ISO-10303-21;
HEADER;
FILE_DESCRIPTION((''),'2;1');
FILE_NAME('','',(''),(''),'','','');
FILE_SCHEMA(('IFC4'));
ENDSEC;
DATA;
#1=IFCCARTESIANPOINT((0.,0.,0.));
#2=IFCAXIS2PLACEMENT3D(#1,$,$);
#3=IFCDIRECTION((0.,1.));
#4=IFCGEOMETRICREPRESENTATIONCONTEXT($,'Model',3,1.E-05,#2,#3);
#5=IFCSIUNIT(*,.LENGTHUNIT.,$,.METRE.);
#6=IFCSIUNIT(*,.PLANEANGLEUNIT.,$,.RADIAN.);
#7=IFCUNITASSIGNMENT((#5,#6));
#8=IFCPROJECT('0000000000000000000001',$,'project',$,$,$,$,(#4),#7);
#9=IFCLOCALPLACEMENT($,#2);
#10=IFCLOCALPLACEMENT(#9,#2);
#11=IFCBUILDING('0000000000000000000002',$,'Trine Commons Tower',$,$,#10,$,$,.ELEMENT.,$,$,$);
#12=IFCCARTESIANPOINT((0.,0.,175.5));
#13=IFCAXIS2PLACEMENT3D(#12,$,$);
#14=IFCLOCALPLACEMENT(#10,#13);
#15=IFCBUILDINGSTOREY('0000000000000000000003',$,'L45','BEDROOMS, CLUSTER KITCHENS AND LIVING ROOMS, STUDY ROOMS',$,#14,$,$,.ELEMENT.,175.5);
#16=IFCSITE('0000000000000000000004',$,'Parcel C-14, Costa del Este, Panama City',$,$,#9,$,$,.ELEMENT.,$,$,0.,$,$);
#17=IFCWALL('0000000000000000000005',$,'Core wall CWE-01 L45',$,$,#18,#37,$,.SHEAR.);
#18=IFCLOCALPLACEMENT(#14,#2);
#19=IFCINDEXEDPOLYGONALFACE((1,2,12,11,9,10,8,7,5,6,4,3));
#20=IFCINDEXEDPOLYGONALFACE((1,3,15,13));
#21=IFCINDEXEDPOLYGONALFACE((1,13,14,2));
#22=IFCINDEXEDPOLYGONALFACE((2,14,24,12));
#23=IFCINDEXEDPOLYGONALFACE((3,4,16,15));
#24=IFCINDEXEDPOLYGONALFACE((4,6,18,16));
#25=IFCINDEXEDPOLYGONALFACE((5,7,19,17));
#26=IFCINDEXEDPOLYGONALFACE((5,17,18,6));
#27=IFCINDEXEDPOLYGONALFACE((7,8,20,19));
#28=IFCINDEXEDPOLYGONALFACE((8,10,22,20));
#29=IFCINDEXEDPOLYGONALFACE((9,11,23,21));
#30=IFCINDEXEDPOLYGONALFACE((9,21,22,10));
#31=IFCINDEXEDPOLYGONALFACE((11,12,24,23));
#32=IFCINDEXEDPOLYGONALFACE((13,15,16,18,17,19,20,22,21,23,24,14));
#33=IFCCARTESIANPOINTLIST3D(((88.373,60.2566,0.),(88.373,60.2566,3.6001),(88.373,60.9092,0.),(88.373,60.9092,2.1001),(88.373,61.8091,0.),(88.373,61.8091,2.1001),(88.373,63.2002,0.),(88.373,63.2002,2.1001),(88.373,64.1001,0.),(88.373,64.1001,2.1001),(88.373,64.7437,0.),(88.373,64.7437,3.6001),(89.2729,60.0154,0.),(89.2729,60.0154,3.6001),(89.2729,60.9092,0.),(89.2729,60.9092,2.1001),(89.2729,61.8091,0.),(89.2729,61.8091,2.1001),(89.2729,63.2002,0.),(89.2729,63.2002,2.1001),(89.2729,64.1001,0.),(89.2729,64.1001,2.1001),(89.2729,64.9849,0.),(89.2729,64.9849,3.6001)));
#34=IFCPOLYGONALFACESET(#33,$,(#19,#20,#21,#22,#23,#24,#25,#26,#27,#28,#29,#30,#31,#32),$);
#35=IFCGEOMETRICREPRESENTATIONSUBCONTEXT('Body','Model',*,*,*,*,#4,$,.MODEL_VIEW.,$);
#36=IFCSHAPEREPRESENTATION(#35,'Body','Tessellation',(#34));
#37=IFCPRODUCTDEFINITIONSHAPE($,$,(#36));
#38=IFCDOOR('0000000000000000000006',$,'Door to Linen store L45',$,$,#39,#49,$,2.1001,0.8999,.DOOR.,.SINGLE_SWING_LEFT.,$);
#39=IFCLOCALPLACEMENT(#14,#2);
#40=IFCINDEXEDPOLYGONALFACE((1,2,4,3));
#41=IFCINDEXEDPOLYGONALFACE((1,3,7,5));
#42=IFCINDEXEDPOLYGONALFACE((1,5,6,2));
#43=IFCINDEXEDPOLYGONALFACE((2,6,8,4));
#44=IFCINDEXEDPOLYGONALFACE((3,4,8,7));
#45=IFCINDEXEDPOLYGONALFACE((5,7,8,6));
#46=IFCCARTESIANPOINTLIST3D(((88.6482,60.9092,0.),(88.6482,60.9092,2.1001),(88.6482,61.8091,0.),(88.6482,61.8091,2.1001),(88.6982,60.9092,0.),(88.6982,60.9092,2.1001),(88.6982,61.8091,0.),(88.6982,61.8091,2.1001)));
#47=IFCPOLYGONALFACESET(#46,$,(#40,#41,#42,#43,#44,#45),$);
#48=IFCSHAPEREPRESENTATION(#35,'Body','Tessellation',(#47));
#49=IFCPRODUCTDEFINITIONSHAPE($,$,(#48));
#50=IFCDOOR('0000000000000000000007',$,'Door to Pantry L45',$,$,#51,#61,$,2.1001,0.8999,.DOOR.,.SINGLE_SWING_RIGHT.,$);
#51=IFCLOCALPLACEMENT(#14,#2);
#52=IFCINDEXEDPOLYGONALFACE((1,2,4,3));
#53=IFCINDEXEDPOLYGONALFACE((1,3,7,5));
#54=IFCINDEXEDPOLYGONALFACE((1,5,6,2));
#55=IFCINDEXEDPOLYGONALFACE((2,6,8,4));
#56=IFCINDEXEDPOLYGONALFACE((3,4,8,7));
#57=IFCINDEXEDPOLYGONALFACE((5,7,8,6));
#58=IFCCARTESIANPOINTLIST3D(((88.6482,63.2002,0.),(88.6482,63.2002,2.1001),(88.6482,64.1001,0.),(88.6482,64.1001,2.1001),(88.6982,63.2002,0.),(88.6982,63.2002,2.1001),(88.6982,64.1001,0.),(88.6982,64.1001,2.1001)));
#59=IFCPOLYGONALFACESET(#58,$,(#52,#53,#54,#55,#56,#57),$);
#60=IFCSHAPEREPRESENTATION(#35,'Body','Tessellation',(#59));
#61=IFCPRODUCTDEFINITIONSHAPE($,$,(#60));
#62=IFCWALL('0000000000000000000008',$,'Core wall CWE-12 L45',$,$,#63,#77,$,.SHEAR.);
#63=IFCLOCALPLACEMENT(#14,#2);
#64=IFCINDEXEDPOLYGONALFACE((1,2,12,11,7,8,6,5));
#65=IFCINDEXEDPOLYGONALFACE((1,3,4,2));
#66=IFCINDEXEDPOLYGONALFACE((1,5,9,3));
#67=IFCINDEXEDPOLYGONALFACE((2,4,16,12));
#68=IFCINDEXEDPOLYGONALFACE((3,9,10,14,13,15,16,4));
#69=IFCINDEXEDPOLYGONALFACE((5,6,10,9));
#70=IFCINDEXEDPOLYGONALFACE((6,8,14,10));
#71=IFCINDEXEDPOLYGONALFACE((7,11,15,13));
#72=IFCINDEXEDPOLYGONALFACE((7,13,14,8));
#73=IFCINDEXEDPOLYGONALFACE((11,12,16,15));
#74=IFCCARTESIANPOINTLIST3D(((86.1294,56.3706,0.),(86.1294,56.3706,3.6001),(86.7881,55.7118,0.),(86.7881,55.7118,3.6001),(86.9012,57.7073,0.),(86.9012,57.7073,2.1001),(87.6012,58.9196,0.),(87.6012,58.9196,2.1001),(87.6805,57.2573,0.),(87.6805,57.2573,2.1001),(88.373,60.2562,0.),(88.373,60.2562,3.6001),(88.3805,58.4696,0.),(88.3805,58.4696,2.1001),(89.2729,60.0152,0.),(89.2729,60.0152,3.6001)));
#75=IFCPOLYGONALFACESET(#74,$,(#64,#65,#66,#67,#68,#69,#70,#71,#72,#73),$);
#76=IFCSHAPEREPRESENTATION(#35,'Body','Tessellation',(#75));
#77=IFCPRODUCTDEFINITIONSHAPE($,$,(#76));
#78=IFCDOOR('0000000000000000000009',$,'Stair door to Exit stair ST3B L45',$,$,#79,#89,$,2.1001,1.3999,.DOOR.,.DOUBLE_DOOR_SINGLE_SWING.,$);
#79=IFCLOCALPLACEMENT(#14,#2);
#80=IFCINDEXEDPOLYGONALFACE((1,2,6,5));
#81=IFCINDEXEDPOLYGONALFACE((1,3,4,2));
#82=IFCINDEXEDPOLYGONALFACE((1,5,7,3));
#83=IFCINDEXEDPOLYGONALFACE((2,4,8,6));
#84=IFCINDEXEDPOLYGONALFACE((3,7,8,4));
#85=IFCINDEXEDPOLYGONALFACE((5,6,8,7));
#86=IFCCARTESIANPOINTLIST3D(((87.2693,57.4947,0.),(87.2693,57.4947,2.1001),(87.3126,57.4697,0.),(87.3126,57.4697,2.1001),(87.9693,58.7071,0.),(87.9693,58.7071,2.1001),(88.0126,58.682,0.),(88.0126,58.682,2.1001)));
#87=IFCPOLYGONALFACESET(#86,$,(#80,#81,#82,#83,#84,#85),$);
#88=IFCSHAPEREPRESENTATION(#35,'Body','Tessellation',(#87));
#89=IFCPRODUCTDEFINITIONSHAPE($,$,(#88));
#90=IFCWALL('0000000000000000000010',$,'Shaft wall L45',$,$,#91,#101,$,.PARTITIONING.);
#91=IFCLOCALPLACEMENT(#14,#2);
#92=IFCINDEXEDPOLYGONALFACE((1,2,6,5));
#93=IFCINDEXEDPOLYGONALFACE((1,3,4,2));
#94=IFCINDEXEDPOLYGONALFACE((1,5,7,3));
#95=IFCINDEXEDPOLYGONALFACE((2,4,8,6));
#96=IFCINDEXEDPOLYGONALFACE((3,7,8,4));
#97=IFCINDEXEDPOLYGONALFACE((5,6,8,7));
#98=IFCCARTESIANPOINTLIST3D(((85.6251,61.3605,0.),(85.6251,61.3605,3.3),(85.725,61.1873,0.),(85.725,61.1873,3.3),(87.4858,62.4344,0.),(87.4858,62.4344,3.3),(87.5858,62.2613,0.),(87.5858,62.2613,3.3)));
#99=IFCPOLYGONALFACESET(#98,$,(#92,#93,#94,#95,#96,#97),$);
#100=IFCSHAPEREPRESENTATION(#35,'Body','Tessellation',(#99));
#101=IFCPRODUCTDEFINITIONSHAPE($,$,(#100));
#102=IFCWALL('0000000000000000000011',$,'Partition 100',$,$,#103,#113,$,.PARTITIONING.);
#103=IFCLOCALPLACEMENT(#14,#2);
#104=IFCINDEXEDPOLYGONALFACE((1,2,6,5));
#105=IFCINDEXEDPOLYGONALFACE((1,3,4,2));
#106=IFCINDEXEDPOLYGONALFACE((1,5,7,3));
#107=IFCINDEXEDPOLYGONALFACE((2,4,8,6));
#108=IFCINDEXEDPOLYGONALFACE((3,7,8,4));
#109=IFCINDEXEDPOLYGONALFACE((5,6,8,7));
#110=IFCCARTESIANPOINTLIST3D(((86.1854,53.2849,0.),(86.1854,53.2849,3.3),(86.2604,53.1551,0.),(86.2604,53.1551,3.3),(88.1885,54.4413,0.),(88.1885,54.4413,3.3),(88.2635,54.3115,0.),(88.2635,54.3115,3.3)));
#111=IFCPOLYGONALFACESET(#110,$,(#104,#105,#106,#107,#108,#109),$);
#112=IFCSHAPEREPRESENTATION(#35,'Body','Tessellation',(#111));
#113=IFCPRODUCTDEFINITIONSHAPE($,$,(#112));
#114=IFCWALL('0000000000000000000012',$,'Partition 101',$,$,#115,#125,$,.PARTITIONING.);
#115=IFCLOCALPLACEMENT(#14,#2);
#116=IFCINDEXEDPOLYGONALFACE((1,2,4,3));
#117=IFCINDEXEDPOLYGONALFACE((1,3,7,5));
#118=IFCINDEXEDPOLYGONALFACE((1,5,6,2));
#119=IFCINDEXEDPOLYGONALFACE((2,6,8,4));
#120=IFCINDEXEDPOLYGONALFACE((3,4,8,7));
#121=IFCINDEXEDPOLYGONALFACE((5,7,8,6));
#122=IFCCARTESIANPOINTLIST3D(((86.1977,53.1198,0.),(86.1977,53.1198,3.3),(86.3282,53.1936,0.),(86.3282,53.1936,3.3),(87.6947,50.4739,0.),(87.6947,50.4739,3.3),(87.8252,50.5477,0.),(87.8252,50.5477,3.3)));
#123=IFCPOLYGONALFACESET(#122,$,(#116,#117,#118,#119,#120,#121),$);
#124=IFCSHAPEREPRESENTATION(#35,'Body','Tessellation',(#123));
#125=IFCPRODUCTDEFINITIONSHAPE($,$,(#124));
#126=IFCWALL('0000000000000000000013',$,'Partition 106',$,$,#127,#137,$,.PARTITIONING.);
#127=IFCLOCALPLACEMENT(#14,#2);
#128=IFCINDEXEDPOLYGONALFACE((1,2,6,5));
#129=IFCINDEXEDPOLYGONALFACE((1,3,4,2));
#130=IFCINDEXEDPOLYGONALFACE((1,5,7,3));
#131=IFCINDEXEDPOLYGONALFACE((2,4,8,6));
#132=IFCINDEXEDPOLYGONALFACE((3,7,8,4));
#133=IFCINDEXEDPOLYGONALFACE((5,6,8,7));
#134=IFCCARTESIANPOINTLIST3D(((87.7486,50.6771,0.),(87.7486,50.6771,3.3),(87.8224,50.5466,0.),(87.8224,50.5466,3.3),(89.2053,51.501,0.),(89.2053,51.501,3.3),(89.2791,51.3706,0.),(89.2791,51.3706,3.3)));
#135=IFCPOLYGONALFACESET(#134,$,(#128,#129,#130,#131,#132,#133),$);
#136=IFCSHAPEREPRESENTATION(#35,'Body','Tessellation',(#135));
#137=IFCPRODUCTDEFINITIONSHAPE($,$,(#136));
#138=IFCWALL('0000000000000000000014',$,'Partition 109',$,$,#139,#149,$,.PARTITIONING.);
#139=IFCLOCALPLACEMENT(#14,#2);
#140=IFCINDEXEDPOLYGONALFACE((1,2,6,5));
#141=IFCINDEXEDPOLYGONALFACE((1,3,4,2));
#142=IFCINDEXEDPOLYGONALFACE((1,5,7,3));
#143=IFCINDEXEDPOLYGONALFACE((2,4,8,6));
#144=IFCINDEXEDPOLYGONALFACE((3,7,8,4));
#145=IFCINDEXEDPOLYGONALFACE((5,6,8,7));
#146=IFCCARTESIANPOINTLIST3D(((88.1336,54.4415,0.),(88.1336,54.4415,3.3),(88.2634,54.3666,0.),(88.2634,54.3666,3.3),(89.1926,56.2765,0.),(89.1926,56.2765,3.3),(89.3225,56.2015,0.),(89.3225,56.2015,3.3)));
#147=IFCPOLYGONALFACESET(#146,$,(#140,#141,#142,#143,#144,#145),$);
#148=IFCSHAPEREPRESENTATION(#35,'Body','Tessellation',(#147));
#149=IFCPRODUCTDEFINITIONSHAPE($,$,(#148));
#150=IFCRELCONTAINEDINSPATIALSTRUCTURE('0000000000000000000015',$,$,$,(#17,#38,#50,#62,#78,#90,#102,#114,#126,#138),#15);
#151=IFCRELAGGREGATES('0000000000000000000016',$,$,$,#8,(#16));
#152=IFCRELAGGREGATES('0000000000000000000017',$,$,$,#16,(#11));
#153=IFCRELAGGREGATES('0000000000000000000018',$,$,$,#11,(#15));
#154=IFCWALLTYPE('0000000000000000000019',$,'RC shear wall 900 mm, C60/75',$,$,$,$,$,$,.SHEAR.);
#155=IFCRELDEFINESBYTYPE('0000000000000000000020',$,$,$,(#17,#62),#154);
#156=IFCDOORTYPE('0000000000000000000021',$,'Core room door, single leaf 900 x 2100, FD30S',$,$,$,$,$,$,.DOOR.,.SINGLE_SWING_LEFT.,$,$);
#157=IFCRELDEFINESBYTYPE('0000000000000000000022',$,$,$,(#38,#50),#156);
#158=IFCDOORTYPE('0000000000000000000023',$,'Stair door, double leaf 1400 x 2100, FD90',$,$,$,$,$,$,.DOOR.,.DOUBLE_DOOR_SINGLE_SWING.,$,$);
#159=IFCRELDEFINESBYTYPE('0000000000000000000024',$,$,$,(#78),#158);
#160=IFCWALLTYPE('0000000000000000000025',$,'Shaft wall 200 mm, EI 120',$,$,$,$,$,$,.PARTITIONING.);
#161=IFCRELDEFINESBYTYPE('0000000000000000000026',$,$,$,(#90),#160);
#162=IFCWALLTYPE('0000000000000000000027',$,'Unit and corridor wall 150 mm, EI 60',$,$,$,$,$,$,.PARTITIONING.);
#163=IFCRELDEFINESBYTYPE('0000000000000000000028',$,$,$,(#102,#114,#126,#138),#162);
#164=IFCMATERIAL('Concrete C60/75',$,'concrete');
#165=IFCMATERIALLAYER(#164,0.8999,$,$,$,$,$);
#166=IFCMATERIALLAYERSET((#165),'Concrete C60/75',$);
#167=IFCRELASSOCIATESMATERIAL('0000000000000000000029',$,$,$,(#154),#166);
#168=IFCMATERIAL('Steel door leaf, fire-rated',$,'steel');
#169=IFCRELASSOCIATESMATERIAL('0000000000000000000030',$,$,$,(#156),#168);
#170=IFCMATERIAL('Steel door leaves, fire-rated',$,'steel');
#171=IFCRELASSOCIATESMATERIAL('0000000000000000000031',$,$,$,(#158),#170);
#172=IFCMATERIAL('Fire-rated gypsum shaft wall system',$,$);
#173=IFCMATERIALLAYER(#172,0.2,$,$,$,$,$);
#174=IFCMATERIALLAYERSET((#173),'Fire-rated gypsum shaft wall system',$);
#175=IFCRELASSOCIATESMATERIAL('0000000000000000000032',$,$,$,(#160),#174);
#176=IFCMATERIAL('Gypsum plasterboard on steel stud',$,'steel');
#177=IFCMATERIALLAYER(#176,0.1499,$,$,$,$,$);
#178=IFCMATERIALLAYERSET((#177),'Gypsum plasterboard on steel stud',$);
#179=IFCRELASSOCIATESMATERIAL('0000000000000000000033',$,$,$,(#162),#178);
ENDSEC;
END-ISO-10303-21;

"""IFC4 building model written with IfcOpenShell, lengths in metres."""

from ifc_helpers import new_model, si_unit, direction, frame, frame_2d, origin, place, context, subcontext, project, spatial, polyline, rectangle, outline, extrude, material, layer, layer_set, type_object, element, fill, save


model = new_model("IFC4")

# Units and contexts
model_context = context("Model", 3, precision=1e-05, world=origin(), true_north=direction((0.0, 1.0)))
body_context = subcontext(model_context, "Body", "Model", "MODEL_VIEW")
ifc_project = project(units=[si_unit("LENGTHUNIT", "METRE"), si_unit("PLANEANGLEUNIT", "RADIAN")], contexts=[model_context])

# Site, building, storey
site_placement = place(None, origin())
site = spatial("IfcSite", under=ifc_project, at=site_placement, Name="Parcel C-14, Costa del Este, Panama City", CompositionType="ELEMENT", RefElevation=0.0)
building_placement = place(site_placement, origin())
building = spatial("IfcBuilding", under=site, at=building_placement, Name="Trine Commons Tower", CompositionType="ELEMENT")
storey_placement = place(building_placement, frame((0.0, 0.0, 175.5)))
storey = spatial("IfcBuildingStorey", under=building, at=storey_placement, Name="L45", Description="BEDROOMS, CLUSTER KITCHENS AND LIVING ROOMS, STUDY ROOMS", CompositionType="ELEMENT", Elevation=175.5)

# Wall, openings, doors
ifc_material_1 = material(Name="Concrete C60/75", Category="concrete")
ifc_layer_1 = layer(ifc_material_1, 0.8999)
ifc_layer_set_1 = layer_set([ifc_layer_1], Name="Concrete C60/75")
wall_type_1 = type_object("IfcWallType", Name="RC shear wall 900 mm, C60/75", PredefinedType="SHEAR", material=ifc_layer_set_1)
wall_1_placement = place(storey_placement, frame((88.823, 60.0154, 0.0), z_axis=(0.0, 0.0, 1.0), x_axis=(0.0, 1.0, 0.0)))
wall_1 = element("IfcWall", 1, at=wall_1_placement, inside=storey, type_object=wall_type_1, Name="Core wall CWE-01 L45", PredefinedType="SHEAR", context=body_context, shape_type="SweptSolid", body=[
    extrude(outline(polyline([(0.0, -0.45), (4.9695, -0.45), (4.7283, 0.45), (0.2412, 0.45), (0.0, -0.45)])), origin(), (0.0, 0.0, 1.0), 3.6001),
])
opening_1_placement = place(wall_1_placement, frame((0.8938, 0.0, 0.0)))
opening_1 = element("IfcOpeningElement", 2, at=opening_1_placement, cuts=wall_1, PredefinedType="OPENING", context=body_context, shape_type="SweptSolid", body=[
    extrude(rectangle(XDim=0.8999, YDim=2.1001, at=frame_2d((0.45, 1.05))), frame((0.0, 0.46, 0.0), z_axis=(0.0, -1.0, 0.0), x_axis=(1.0, 0.0, 0.0)), (0.0, 0.0, 1.0), 0.9199),
])
opening_2_placement = place(wall_1_placement, frame((3.1848, 0.0, 0.0)))
opening_2 = element("IfcOpeningElement", 3, at=opening_2_placement, cuts=wall_1, PredefinedType="OPENING", context=body_context, shape_type="SweptSolid", body=[
    extrude(rectangle(XDim=0.8999, YDim=2.1001, at=frame_2d((0.45, 1.05))), frame((0.0, 0.46, 0.0), z_axis=(0.0, -1.0, 0.0), x_axis=(1.0, 0.0, 0.0)), (0.0, 0.0, 1.0), 0.9199),
])
ifc_material_2 = material(Name="Steel door leaf, fire-rated", Category="steel")
door_type_1 = type_object("IfcDoorType", Name="Core room door, single leaf 900 x 2100, FD30S", OperationType="SINGLE_SWING_LEFT", PredefinedType="DOOR", material=ifc_material_2)
door_1_placement = place(opening_1_placement, origin())
door_1 = element("IfcDoor", 4, at=door_1_placement, inside=storey, type_object=door_type_1, Name="Door to Linen store L45", OperationType="SINGLE_SWING_LEFT", OverallHeight=2.1001, OverallWidth=0.8999, PredefinedType="DOOR", context=body_context, shape_type="SweptSolid", body=[
    extrude(rectangle(XDim=0.8999, YDim=2.1001, at=frame_2d((0.45, 1.05))), frame((0.0, 0.1748, 0.0), z_axis=(0.0, -1.0, 0.0), x_axis=(1.0, 0.0, 0.0)), (0.0, 0.0, 1.0), 0.05),
])
fill(opening_1, door_1)
door_2_placement = place(opening_2_placement, origin())
door_2 = element("IfcDoor", 5, at=door_2_placement, inside=storey, type_object=door_type_1, Name="Door to Pantry L45", OperationType="SINGLE_SWING_RIGHT", OverallHeight=2.1001, OverallWidth=0.8999, PredefinedType="DOOR", context=body_context, shape_type="SweptSolid", body=[
    extrude(rectangle(XDim=0.8999, YDim=2.1001, at=frame_2d((0.45, 1.05))), frame((0.0, 0.1748, 0.0), z_axis=(0.0, -1.0, 0.0), x_axis=(1.0, 0.0, 0.0)), (0.0, 0.0, 1.0), 0.05),
])
fill(opening_2, door_2)

# Wall, opening, door
wall_2_placement = place(storey_placement, frame((86.3984, 55.9368, 0.0), z_axis=(0.0, 0.0, 1.0), x_axis=(0.500039, 0.866003, 0.0)))
wall_2 = element("IfcWall", 6, at=wall_2_placement, inside=storey, type_object=wall_type_1, Name="Core wall CWE-12 L45", PredefinedType="SHEAR", context=body_context, shape_type="SweptSolid", body=[
    extrude(outline(polyline([(0.0, -0.45), (4.9692, -0.45), (4.728, 0.45), (0.2412, 0.45), (0.0, -0.45)])), origin(), (0.0, 0.0, 1.0), 3.6001),
])
opening_3_placement = place(wall_2_placement, frame((1.7847, 0.0, 0.0)))
opening_3 = element("IfcOpeningElement", 7, at=opening_3_placement, cuts=wall_2, PredefinedType="OPENING", context=body_context, shape_type="SweptSolid", body=[
    extrude(rectangle(XDim=1.3999, YDim=2.1001, at=frame_2d((0.7, 1.05))), frame((0.0, 0.46, 0.0), z_axis=(0.0, -1.0, 0.0), x_axis=(1.0, 0.0, 0.0)), (0.0, 0.0, 1.0), 0.9199),
])
ifc_material_3 = material(Name="Steel door leaves, fire-rated", Category="steel")
door_type_2 = type_object("IfcDoorType", Name="Stair door, double leaf 1400 x 2100, FD90", OperationType="DOUBLE_DOOR_SINGLE_SWING", PredefinedType="DOOR", material=ifc_material_3)
door_3_placement = place(opening_3_placement, origin())
door_3 = element("IfcDoor", 8, at=door_3_placement, inside=storey, type_object=door_type_2, Name="Stair door to Exit stair ST3B L45", OperationType="DOUBLE_DOOR_SINGLE_SWING", OverallHeight=2.1001, OverallWidth=1.3999, PredefinedType="DOOR", context=body_context, shape_type="SweptSolid", body=[
    extrude(rectangle(XDim=1.3999, YDim=2.1001, at=frame_2d((0.7, 1.05))), frame((0.0, 0.0249, 0.0), z_axis=(0.0, -1.0, 0.0), x_axis=(1.0, 0.0, 0.0)), (0.0, 0.0, 1.0), 0.05),
])
fill(opening_3, door_3)

# Walls
ifc_material_4 = material(Name="Fire-rated gypsum shaft wall system")
ifc_layer_2 = layer(ifc_material_4, 0.2)
ifc_layer_set_2 = layer_set([ifc_layer_2], Name="Fire-rated gypsum shaft wall system")
wall_type_2 = type_object("IfcWallType", Name="Shaft wall 200 mm, EI 120", PredefinedType="PARTITIONING", material=ifc_layer_set_2)
wall_3_placement = place(storey_placement, frame((85.675, 61.2739, 0.0), z_axis=(0.0, 0.0, 1.0), x_axis=(0.866102, 0.499867, 0.0)))
element("IfcWall", 9, at=wall_3_placement, inside=storey, type_object=wall_type_2, Name="Shaft wall L45", PredefinedType="PARTITIONING", context=body_context, shape_type="SweptSolid", body=[
    extrude(rectangle(XDim=2.1484, YDim=0.2, at=frame_2d((1.0742, 0.0))), origin(), (0.0, 0.0, 1.0), 3.3),
])
ifc_material_5 = material(Name="Gypsum plasterboard on steel stud", Category="steel")
ifc_layer_3 = layer(ifc_material_5, 0.1499)
ifc_layer_set_3 = layer_set([ifc_layer_3], Name="Gypsum plasterboard on steel stud")
wall_type_3 = type_object("IfcWallType", Name="Unit and corridor wall 150 mm, EI 60", PredefinedType="PARTITIONING", material=ifc_layer_set_3)
wall_4_placement = place(storey_placement, frame((86.2229, 53.22, 0.0), z_axis=(0.0, 0.0, 1.0), x_axis=(0.866033, 0.499987, 0.0)))
element("IfcWall", 10, at=wall_4_placement, inside=storey, type_object=wall_type_3, Name="Partition 100", PredefinedType="PARTITIONING", context=body_context, shape_type="SweptSolid", body=[
    extrude(rectangle(XDim=2.313, YDim=0.1499, at=frame_2d((1.1565, 0.0))), origin(), (0.0, 0.0, 1.0), 3.3),
])
wall_5_placement = place(storey_placement, frame((86.2629, 53.1567, 0.0), z_axis=(0.0, 0.0, 1.0), x_axis=(0.492433, -0.87035, 0.0)))
element("IfcWall", 11, at=wall_5_placement, inside=storey, type_object=wall_type_3, Name="Partition 101", PredefinedType="PARTITIONING", context=body_context, shape_type="SweptSolid", body=[
    extrude(rectangle(XDim=3.04, YDim=0.1499, at=frame_2d((1.52, 0.0))), origin(), (0.0, 0.0, 1.0), 3.3),
])
wall_6_placement = place(storey_placement, frame((87.7854, 50.6118, 0.0), z_axis=(0.0, 0.0, 1.0), x_axis=(0.870416, 0.492317, 0.0)))
element("IfcWall", 12, at=wall_6_placement, inside=storey, type_object=wall_type_3, Name="Partition 106", PredefinedType="PARTITIONING", context=body_context, shape_type="SweptSolid", body=[
    extrude(rectangle(XDim=1.6736, YDim=0.1499, at=frame_2d((0.8369, 0.0))), origin(), (0.0, 0.0, 1.0), 3.3),
])
wall_7_placement = place(storey_placement, frame((88.1985, 54.4041, 0.0), z_axis=(0.0, 0.0, 1.0), x_axis=(0.499882, 0.866093, 0.0)))
element("IfcWall", 13, at=wall_7_placement, inside=storey, type_object=wall_type_3, Name="Partition 109", PredefinedType="PARTITIONING", context=body_context, shape_type="SweptSolid", body=[
    extrude(rectangle(XDim=2.1187, YDim=0.1499, at=frame_2d((1.0593, 0.0))), origin(), (0.0, 0.0, 1.0), 3.3),
])

save(model, "model.ifc")
